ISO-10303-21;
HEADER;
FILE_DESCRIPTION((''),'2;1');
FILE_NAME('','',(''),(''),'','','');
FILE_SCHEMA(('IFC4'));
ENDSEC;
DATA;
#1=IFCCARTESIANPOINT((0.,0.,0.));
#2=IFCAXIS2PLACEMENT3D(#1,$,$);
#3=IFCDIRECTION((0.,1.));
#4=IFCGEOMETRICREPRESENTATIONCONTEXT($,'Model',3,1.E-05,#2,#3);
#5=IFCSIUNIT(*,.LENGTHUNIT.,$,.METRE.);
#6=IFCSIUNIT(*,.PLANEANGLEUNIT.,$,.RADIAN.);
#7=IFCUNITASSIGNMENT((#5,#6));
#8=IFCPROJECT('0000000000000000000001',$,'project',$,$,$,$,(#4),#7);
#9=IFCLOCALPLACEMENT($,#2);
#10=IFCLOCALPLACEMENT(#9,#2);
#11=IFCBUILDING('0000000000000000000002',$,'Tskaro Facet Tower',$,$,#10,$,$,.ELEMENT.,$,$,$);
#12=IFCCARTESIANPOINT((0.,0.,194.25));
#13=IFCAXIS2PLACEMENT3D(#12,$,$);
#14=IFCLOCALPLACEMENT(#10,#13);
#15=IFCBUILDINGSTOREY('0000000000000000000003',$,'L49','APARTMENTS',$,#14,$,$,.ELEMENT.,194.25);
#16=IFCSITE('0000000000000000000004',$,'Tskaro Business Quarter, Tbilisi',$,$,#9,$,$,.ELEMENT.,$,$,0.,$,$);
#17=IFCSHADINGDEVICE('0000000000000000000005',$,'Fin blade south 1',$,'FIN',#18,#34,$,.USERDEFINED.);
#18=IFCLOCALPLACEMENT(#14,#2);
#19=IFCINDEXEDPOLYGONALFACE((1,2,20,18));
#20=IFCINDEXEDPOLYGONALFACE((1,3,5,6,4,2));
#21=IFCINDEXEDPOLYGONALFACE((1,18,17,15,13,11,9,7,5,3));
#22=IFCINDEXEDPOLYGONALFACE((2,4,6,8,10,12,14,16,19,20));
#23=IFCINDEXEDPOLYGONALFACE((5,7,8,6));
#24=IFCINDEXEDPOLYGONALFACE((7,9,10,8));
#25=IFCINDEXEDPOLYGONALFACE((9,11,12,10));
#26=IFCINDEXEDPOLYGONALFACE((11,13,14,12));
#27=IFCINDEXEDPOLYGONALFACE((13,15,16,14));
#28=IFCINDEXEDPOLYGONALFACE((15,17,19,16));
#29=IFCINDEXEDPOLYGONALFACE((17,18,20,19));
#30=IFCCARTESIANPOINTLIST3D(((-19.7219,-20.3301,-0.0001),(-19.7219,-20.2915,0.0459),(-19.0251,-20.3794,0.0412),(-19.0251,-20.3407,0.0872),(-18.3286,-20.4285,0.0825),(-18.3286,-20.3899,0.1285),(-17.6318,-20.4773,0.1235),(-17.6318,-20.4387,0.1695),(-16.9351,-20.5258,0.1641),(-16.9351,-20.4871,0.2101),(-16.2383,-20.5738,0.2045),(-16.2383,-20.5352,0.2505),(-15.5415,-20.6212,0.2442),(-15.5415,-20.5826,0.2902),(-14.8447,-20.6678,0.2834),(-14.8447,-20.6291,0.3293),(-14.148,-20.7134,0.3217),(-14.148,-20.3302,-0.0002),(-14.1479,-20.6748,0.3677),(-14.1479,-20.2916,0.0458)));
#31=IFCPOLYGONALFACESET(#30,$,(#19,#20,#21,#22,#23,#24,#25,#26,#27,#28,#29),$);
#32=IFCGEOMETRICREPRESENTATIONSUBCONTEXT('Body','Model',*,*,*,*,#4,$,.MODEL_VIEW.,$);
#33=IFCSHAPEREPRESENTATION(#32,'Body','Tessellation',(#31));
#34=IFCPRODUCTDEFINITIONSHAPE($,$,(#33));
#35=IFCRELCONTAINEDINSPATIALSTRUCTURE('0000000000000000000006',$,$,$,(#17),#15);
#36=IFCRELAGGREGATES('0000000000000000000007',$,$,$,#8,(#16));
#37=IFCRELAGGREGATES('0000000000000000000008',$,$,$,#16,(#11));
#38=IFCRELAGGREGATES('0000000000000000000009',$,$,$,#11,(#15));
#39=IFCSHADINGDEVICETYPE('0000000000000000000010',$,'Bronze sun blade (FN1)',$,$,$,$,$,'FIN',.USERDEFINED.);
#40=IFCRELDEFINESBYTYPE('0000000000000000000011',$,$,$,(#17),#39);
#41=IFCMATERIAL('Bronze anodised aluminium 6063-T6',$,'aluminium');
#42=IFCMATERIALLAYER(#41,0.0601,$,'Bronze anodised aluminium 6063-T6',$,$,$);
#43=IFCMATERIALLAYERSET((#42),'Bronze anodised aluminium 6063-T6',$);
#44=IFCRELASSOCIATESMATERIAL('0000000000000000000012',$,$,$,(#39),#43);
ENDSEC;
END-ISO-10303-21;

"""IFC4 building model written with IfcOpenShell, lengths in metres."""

from ifc_helpers import new_model, si_unit, direction, frame, origin, place, context, subcontext, project, spatial, polyline, outline, extrude, material, layer, layer_set, type_object, element, save


model = new_model("IFC4")

# Units and contexts
model_context = context("Model", 3, precision=1e-05, world=origin(), true_north=direction((0.0, 1.0)))
body_context = subcontext(model_context, "Body", "Model", "MODEL_VIEW")
ifc_project = project(units=[si_unit("LENGTHUNIT", "METRE"), si_unit("PLANEANGLEUNIT", "RADIAN")], contexts=[model_context])

# Site, building, storey
site_placement = place(None, origin())
site = spatial("IfcSite", under=ifc_project, at=site_placement, Name="Tskaro Business Quarter, Tbilisi", CompositionType="ELEMENT", RefElevation=0.0)
building_placement = place(site_placement, origin())
building = spatial("IfcBuilding", under=site, at=building_placement, Name="Tskaro Facet Tower", CompositionType="ELEMENT")
storey_placement = place(building_placement, frame((0.0, 0.0, 194.25)))
storey = spatial("IfcBuildingStorey", under=building, at=storey_placement, Name="L49", Description="APARTMENTS", CompositionType="ELEMENT", Elevation=194.25)

# Shared definitions
ifc_material_1 = material(Name="Bronze anodised aluminium 6063-T6", Category="aluminium")

# Shading device
ifc_layer_1 = layer(ifc_material_1, 0.0601, Name="Bronze anodised aluminium 6063-T6")
ifc_layer_set_1 = layer_set([ifc_layer_1], Name="Bronze anodised aluminium 6063-T6")
shading_device_type = type_object("IfcShadingDeviceType", Name="Bronze sun blade (FN1)", ElementType="FIN", PredefinedType="USERDEFINED", material=ifc_layer_set_1)
shading_device_placement = place(storey_placement, frame((-19.7219, -20.2915, 0.0459), z_axis=(0.000015, 0.643091, 0.76579), x_axis=(1.0, -0.00001, -0.000012)))
element("IfcShadingDevice", 1, at=shading_device_placement, inside=storey, type_object=shading_device_type, Name="Fin blade south 1", ObjectType="FIN", PredefinedType="USERDEFINED", context=body_context, shape_type="SweptSolid", body=[
    extrude(outline(polyline([(0.0, 0.0), (5.574, 0.0), (5.574, -0.5005), (4.8772, -0.4408), (4.1804, -0.38), (3.4836, -0.3182), (2.7869, -0.2554), (2.0901, -0.1922), (1.3933, -0.1284), (0.6968, -0.0643), (0.0, 0.0)])), origin(), (0.0, 0.0, -1.0), 0.0601),
])

save(model, "model.ifc")
